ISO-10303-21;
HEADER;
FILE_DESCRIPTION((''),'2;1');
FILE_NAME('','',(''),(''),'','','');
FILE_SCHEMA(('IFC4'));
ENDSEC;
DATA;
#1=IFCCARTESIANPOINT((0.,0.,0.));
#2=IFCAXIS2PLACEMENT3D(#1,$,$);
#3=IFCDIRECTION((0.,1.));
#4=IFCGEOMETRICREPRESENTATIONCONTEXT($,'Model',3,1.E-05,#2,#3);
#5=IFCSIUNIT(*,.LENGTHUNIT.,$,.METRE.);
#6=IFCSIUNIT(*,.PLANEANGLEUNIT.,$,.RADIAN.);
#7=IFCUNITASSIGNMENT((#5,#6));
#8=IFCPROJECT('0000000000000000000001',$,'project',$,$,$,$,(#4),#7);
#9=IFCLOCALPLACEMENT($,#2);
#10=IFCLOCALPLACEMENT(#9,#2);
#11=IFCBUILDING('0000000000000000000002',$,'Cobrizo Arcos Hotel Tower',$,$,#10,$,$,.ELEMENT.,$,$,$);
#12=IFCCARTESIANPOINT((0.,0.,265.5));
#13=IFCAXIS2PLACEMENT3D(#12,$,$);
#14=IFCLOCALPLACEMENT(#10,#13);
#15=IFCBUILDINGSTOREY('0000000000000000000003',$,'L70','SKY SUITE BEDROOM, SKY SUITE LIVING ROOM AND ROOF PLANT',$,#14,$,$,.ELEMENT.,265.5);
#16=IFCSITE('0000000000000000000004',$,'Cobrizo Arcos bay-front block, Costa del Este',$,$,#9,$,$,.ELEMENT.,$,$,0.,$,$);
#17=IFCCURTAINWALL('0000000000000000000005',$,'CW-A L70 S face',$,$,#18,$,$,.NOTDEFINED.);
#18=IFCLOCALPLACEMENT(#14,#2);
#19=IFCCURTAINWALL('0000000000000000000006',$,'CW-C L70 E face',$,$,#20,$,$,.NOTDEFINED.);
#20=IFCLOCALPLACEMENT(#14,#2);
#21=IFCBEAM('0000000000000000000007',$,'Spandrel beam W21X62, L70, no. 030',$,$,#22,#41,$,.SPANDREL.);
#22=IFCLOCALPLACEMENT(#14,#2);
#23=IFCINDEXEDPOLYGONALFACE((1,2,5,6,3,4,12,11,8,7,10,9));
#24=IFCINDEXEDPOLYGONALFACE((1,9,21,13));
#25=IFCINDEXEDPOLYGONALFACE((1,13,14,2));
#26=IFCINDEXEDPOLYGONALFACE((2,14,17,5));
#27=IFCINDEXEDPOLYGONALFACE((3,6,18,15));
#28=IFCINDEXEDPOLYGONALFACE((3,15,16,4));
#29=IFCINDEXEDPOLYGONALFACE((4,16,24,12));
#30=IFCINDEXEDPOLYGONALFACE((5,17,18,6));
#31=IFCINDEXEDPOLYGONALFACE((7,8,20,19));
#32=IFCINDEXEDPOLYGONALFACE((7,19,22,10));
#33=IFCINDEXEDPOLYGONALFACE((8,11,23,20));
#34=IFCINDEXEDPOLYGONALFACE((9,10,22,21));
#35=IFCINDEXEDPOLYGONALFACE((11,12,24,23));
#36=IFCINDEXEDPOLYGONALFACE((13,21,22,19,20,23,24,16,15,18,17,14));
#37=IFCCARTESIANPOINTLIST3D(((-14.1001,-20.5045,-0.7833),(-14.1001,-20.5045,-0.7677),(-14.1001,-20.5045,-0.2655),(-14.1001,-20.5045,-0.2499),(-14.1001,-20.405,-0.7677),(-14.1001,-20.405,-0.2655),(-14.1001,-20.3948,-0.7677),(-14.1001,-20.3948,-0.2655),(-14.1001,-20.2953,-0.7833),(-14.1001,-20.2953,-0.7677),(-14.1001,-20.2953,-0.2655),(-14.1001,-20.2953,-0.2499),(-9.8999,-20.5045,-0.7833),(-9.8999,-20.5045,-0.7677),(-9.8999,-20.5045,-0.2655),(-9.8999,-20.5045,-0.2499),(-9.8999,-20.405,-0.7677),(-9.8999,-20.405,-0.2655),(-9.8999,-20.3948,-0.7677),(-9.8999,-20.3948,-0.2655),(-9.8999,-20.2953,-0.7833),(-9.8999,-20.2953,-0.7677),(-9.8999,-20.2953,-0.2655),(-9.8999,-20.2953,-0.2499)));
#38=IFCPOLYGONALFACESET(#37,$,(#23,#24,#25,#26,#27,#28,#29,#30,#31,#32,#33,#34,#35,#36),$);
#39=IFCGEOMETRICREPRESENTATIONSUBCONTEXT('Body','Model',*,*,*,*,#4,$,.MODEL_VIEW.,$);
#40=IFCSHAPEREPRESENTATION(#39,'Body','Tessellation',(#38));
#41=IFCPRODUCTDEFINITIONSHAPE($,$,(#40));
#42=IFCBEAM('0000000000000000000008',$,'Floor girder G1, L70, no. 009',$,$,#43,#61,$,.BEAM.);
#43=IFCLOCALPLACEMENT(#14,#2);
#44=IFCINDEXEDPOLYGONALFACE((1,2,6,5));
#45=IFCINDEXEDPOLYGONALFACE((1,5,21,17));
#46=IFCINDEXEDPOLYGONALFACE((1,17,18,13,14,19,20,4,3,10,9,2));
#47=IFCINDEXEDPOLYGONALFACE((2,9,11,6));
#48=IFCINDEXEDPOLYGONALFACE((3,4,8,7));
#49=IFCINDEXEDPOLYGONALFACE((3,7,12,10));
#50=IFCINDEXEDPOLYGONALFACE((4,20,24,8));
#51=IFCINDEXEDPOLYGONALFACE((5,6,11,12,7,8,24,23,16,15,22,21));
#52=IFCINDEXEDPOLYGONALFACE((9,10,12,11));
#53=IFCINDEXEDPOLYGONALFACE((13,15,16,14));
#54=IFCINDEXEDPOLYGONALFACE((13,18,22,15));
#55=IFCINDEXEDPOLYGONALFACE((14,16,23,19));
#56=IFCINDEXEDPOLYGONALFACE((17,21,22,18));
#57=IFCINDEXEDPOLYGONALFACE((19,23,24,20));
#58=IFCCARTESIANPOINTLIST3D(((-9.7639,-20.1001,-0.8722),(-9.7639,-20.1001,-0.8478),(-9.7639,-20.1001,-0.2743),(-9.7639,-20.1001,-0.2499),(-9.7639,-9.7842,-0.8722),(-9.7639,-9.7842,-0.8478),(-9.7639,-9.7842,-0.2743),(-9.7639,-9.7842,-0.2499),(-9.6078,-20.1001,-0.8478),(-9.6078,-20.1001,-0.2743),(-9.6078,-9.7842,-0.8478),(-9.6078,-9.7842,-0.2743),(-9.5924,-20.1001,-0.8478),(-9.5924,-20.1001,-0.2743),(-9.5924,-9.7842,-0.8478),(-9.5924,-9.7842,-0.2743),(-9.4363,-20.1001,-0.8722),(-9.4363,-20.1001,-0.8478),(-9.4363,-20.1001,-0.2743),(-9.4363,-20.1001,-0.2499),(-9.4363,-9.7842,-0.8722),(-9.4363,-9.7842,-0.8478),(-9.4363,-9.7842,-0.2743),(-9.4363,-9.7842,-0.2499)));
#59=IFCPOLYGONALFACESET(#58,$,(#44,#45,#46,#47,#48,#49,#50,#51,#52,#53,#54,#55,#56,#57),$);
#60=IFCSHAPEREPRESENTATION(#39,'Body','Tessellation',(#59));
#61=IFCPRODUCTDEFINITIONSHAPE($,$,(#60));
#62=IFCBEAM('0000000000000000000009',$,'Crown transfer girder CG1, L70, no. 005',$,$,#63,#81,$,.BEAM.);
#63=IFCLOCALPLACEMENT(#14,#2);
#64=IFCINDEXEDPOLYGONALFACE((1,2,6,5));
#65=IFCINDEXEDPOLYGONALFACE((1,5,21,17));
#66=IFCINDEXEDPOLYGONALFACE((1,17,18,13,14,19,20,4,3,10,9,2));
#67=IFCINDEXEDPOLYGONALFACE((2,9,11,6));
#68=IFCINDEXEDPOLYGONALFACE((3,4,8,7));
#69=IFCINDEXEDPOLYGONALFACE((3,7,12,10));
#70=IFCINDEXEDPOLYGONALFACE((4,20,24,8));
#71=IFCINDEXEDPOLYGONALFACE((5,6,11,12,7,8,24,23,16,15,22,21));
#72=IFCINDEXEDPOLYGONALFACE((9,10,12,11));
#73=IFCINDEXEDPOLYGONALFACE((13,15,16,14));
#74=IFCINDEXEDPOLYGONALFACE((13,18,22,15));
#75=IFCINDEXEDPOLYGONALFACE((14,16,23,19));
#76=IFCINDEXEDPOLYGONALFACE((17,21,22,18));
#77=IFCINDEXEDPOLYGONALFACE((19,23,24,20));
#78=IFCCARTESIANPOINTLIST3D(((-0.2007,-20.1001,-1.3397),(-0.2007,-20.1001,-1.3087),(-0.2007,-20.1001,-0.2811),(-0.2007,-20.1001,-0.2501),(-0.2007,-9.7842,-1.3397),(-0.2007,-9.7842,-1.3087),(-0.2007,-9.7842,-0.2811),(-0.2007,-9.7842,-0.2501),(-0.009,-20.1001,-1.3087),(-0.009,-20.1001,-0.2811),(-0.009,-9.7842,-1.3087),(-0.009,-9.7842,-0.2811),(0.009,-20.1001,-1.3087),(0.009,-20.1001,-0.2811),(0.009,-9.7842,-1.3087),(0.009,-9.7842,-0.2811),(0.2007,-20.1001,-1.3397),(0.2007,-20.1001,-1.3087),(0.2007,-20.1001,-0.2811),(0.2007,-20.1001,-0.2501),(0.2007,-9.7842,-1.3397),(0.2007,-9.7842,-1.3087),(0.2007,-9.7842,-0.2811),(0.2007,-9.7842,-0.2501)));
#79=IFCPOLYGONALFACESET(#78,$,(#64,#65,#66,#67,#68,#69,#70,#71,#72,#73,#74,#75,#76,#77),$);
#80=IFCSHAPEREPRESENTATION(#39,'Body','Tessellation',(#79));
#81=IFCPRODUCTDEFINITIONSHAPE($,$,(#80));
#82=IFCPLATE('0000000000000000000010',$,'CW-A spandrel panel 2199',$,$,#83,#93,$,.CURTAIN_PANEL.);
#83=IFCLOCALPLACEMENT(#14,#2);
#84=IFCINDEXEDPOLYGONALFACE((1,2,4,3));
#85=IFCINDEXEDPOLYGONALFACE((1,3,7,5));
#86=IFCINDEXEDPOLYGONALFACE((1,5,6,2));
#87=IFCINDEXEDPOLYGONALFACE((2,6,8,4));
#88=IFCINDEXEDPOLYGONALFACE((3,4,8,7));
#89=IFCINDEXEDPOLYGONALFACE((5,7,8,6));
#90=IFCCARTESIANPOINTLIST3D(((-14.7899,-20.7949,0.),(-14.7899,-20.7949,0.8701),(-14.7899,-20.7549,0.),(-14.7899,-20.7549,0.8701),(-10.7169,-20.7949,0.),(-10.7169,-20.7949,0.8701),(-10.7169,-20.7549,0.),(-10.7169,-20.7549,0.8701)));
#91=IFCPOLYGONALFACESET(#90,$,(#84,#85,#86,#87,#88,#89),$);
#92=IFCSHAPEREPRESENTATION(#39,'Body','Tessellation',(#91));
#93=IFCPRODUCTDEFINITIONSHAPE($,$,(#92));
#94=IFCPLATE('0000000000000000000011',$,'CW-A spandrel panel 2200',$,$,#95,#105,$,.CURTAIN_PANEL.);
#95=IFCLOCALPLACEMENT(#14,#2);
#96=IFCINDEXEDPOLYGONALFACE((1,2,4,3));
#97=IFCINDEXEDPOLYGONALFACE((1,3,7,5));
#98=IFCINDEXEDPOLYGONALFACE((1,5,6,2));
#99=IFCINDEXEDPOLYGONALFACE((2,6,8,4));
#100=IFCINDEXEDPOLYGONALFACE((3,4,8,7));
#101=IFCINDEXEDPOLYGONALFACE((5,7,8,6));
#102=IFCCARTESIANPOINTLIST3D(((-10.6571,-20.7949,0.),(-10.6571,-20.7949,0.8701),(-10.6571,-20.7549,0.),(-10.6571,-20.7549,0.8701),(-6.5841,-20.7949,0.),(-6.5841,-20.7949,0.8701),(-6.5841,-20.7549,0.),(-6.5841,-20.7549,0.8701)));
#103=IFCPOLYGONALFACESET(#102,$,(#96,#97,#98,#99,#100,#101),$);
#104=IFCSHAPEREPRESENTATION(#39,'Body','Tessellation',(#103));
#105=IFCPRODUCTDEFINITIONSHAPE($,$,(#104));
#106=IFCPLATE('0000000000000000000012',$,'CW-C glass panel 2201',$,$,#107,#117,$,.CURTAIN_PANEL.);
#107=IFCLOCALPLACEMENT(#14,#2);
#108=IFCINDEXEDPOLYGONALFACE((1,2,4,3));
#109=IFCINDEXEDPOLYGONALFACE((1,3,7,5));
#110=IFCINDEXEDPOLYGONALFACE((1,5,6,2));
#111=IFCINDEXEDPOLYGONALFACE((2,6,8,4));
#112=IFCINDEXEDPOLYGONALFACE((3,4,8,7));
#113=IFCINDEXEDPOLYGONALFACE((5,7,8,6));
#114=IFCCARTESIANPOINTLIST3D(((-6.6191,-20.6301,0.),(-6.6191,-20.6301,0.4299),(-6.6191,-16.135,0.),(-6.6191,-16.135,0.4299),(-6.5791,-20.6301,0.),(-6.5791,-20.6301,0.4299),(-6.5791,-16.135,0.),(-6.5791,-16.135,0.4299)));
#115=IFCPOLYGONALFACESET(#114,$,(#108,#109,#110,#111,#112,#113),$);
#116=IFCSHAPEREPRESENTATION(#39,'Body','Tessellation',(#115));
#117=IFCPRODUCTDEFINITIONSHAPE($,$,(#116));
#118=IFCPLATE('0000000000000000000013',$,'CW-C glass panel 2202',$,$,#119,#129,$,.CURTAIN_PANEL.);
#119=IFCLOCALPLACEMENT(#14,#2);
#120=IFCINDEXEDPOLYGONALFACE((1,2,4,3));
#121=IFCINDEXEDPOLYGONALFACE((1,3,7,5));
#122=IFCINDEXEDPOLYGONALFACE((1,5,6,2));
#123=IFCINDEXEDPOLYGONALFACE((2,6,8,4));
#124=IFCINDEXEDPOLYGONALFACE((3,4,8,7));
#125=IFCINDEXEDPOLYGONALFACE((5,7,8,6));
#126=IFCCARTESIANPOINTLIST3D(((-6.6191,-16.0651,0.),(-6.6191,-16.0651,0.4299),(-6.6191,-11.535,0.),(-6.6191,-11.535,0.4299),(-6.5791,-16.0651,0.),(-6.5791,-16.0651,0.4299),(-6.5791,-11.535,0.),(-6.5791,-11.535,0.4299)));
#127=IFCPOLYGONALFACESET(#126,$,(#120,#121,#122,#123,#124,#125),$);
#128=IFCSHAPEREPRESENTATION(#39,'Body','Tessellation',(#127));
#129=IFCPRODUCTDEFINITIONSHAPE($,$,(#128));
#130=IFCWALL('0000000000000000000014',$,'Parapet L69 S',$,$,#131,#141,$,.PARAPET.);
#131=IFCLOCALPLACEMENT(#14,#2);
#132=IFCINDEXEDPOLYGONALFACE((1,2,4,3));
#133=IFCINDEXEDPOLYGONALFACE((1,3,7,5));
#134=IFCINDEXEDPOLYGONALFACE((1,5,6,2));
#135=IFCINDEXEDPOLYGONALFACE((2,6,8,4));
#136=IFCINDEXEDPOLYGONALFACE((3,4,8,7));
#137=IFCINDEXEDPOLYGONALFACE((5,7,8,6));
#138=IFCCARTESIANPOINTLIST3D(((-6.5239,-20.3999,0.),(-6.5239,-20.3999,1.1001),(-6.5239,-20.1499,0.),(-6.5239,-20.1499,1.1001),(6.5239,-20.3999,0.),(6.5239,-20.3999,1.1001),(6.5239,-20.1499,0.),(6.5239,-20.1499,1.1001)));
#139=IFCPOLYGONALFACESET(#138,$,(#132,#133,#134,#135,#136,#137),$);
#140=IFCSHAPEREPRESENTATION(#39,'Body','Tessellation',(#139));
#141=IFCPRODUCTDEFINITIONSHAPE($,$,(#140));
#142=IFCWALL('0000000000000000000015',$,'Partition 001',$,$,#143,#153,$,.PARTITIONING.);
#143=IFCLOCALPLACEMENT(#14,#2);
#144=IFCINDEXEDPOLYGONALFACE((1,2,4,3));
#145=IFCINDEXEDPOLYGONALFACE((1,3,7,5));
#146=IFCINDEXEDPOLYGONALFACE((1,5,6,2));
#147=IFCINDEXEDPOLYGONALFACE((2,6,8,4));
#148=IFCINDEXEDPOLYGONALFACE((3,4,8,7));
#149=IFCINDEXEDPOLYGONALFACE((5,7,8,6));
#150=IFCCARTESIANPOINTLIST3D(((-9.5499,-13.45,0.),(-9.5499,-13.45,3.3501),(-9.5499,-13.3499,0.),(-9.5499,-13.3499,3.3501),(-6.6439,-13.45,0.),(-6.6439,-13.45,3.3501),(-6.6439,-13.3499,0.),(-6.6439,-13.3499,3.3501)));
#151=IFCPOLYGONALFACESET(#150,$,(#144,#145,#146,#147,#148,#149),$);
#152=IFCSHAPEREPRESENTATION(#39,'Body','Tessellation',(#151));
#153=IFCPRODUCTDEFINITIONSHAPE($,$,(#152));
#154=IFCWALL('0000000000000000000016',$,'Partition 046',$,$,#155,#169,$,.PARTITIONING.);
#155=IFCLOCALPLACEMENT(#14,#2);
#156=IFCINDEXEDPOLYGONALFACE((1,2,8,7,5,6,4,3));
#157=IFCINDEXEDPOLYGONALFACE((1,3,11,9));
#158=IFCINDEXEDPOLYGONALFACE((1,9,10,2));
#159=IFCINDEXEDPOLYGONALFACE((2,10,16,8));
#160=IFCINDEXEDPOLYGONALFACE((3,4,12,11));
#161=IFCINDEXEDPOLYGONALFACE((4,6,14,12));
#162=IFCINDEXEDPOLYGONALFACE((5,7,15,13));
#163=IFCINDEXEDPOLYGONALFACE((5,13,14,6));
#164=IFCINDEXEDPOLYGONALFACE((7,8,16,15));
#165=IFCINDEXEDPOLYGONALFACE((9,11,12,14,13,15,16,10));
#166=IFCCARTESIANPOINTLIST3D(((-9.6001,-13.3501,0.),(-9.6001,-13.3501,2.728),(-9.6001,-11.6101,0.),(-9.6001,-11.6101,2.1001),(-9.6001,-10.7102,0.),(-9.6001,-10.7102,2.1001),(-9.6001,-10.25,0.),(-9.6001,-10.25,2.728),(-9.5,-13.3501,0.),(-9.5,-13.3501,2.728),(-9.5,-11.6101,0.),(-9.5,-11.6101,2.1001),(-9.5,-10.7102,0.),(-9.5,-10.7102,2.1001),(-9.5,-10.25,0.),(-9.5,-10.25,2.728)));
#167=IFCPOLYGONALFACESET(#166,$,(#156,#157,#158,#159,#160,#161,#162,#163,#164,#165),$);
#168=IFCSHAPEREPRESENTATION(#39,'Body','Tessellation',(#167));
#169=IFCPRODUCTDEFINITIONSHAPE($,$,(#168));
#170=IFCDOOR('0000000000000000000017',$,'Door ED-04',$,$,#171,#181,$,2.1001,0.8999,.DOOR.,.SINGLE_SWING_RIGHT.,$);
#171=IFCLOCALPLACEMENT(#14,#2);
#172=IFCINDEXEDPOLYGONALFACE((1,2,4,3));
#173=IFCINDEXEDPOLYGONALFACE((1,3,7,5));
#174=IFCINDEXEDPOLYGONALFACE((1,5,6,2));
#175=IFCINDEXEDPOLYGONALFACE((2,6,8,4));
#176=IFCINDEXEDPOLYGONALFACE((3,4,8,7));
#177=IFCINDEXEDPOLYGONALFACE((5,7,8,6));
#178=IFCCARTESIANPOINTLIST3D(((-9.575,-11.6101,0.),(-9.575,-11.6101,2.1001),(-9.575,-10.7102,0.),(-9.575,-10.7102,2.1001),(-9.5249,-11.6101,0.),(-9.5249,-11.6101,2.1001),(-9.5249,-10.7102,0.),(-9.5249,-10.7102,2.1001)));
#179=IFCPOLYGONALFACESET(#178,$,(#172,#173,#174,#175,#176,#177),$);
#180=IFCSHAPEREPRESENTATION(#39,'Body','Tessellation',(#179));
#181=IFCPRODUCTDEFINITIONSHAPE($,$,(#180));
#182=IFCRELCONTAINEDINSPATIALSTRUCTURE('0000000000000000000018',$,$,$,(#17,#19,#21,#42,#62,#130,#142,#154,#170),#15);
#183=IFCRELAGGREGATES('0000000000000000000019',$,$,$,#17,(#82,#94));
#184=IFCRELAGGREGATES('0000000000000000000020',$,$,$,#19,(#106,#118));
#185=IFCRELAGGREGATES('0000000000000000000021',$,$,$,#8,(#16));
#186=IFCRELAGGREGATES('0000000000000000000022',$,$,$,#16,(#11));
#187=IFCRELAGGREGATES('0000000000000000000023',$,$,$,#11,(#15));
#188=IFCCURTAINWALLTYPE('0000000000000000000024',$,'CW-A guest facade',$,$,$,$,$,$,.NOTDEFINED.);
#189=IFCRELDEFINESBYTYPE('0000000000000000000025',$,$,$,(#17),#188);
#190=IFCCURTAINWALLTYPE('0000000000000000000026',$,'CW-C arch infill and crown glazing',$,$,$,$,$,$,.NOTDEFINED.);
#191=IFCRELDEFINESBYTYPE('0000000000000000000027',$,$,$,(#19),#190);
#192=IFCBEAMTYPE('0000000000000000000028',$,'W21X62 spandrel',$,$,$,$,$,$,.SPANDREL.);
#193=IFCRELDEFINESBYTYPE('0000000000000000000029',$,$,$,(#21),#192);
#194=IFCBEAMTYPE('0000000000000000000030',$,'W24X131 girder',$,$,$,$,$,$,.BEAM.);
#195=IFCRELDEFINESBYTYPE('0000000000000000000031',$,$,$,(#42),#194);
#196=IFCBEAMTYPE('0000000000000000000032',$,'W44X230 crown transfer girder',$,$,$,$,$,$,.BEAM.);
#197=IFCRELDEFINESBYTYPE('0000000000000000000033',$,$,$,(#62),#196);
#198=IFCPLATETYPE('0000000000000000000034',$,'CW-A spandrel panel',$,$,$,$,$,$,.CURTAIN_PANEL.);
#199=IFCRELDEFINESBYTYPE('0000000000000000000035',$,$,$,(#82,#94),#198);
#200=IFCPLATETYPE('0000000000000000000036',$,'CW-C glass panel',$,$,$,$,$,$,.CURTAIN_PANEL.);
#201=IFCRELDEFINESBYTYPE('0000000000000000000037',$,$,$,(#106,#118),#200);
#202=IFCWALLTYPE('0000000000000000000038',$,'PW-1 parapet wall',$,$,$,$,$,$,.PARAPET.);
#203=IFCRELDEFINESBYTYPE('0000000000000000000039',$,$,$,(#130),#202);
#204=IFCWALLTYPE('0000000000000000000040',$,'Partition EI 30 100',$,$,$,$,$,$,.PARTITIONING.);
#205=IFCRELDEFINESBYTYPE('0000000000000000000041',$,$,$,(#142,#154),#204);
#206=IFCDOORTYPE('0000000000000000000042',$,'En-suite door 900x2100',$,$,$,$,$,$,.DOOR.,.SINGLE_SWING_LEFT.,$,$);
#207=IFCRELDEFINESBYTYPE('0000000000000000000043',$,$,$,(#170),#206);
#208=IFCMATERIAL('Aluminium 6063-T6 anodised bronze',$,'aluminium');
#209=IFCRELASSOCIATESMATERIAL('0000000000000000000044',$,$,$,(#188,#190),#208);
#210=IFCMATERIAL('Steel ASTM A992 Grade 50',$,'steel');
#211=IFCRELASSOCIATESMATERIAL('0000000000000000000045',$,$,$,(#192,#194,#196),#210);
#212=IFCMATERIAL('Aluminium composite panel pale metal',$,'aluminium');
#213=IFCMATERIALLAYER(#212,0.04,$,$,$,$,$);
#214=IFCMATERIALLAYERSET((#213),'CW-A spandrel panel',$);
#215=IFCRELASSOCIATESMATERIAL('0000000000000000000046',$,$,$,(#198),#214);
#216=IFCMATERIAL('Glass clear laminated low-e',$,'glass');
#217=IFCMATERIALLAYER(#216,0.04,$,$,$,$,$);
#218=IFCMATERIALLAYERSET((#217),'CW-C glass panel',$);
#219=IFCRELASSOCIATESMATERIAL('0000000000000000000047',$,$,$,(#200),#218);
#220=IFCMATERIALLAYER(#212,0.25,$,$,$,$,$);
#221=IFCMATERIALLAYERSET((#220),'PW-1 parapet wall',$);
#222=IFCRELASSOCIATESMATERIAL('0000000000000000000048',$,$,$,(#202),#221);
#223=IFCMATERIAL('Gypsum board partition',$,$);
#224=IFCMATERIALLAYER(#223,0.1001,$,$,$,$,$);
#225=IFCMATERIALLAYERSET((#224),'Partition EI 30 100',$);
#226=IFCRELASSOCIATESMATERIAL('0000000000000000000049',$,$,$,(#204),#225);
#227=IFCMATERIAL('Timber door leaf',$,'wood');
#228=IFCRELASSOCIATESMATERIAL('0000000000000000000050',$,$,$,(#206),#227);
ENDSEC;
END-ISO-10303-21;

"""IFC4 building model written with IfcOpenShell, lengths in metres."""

from ifc_helpers import new_model, si_unit, direction, frame, frame_2d, origin, origin_2d, place, context, subcontext, project, spatial, rectangle, i_section, extrude, material, layer, layer_set, material_profile, profile_set, type_object, element, fill, aggregate, save


model = new_model("IFC4")

# Units and contexts
model_context = context("Model", 3, precision=1e-05, world=origin(), true_north=direction((0.0, 1.0)))
body_context = subcontext(model_context, "Body", "Model", "MODEL_VIEW")
ifc_project = project(units=[si_unit("LENGTHUNIT", "METRE"), si_unit("PLANEANGLEUNIT", "RADIAN")], contexts=[model_context])

# Site, building, storey
site_placement = place(None, origin())
site = spatial("IfcSite", under=ifc_project, at=site_placement, Name="Cobrizo Arcos bay-front block, Costa del Este", CompositionType="ELEMENT", RefElevation=0.0)
building_placement = place(site_placement, origin())
building = spatial("IfcBuilding", under=site, at=building_placement, Name="Cobrizo Arcos Hotel Tower", CompositionType="ELEMENT")
storey_placement = place(building_placement, frame((0.0, 0.0, 265.5)))
storey = spatial("IfcBuildingStorey", under=building, at=storey_placement, Name="L70", Description="SKY SUITE BEDROOM, SKY SUITE LIVING ROOM AND ROOF PLANT", CompositionType="ELEMENT", Elevation=265.5)

# Shared definitions
ifc_material_1 = material(Name="Steel ASTM A992 Grade 50", Category="steel")

# Curtain walls
ifc_material_2 = material(Name="Aluminium 6063-T6 anodised bronze", Category="aluminium")
curtain_wall_type_1 = type_object("IfcCurtainWallType", Name="CW-A guest facade", PredefinedType="NOTDEFINED", material=ifc_material_2)
curtain_wall_1_placement = place(storey_placement, origin())
curtain_wall_1 = element("IfcCurtainWall", 1, at=curtain_wall_1_placement, inside=storey, type_object=curtain_wall_type_1, Name="CW-A L70 S face", PredefinedType="NOTDEFINED")
curtain_wall_type_2 = type_object("IfcCurtainWallType", Name="CW-C arch infill and crown glazing", PredefinedType="NOTDEFINED", material=ifc_material_2)
curtain_wall_2_placement = place(storey_placement, origin())
curtain_wall_2 = element("IfcCurtainWall", 2, at=curtain_wall_2_placement, inside=storey, type_object=curtain_wall_type_2, Name="CW-C L70 E face", PredefinedType="NOTDEFINED")

# Beams
ifc_material_profile_1 = material_profile(ifc_material_1, i_section(OverallWidth=0.2092, OverallDepth=0.5334, WebThickness=0.0103, FlangeThickness=0.0156, at=origin_2d()), Name="W21X62")
ifc_profile_set_1 = profile_set([ifc_material_profile_1], Name="Steel ASTM A992 Grade 50")
beam_type_1 = type_object("IfcBeamType", Name="W21X62 spandrel", PredefinedType="SPANDREL", material=ifc_profile_set_1)
beam_1_placement = place(storey_placement, frame((-9.8999, -20.3999, -0.5166), z_axis=(-1.0, 0.0, 0.0), x_axis=(0.0, -1.0, 0.0)))
element("IfcBeam", 3, at=beam_1_placement, inside=storey, type_object=beam_type_1, Name="Spandrel beam W21X62, L70, no. 030", PredefinedType="SPANDREL", context=body_context, shape_type="SweptSolid", body=[
    extrude(i_section(OverallWidth=0.2092, OverallDepth=0.5334, WebThickness=0.0103, FlangeThickness=0.0156, at=origin_2d()), origin(), (0.0, 0.0, 1.0), 4.2002),
])
ifc_material_profile_2 = material_profile(ifc_material_1, i_section(OverallWidth=0.3276, OverallDepth=0.6223, WebThickness=0.0154, FlangeThickness=0.0244, at=origin_2d()), Name="W24X131")
ifc_profile_set_2 = profile_set([ifc_material_profile_2], Name="Steel ASTM A992 Grade 50")
beam_type_2 = type_object("IfcBeamType", Name="W24X131 girder", PredefinedType="BEAM", material=ifc_profile_set_2)
beam_2_placement = place(storey_placement, frame((-9.6001, -20.1001, -0.561), z_axis=(0.0, 1.0, 0.0), x_axis=(-1.0, 0.0, 0.0)))
element("IfcBeam", 4, at=beam_2_placement, inside=storey, type_object=beam_type_2, Name="Floor girder G1, L70, no. 009", PredefinedType="BEAM", context=body_context, shape_type="SweptSolid", body=[
    extrude(i_section(OverallWidth=0.3276, OverallDepth=0.6223, WebThickness=0.0154, FlangeThickness=0.0244, at=origin_2d()), origin(), (0.0, 0.0, 1.0), 10.3159),
])
ifc_material_profile_3 = material_profile(ifc_material_1, i_section(OverallWidth=0.4014, OverallDepth=1.0896, WebThickness=0.0181, FlangeThickness=0.031, at=origin_2d()), Name="W44X230")
ifc_profile_set_3 = profile_set([ifc_material_profile_3], Name="Steel ASTM A992 Grade 50")
beam_type_3 = type_object("IfcBeamType", Name="W44X230 crown transfer girder", PredefinedType="BEAM", material=ifc_profile_set_3)
beam_3_placement = place(storey_placement, frame((0.0, -20.1001, -0.7949), z_axis=(0.0, 1.0, 0.0), x_axis=(-1.0, 0.0, 0.0)))
element("IfcBeam", 5, at=beam_3_placement, inside=storey, type_object=beam_type_3, Name="Crown transfer girder CG1, L70, no. 005", PredefinedType="BEAM", context=body_context, shape_type="SweptSolid", body=[
    extrude(i_section(OverallWidth=0.4014, OverallDepth=1.0896, WebThickness=0.0181, FlangeThickness=0.031, at=origin_2d()), origin(), (0.0, 0.0, 1.0), 10.3159),
])

# Plates
ifc_material_3 = material(Name="Aluminium composite panel pale metal", Category="aluminium")
ifc_layer_1 = layer(ifc_material_3, 0.04)
ifc_layer_set_1 = layer_set([ifc_layer_1], Name="CW-A spandrel panel")
plate_type_1 = type_object("IfcPlateType", Name="CW-A spandrel panel", PredefinedType="CURTAIN_PANEL", material=ifc_layer_set_1)
plate_1_placement = place(storey_placement, frame((-12.7534, -20.7749, 0.0), z_axis=(0.0, 0.0, 1.0), x_axis=(1.0, 0.0, 0.0)))
plate_1 = element("IfcPlate", 6, at=plate_1_placement, type_object=plate_type_1, Name="CW-A spandrel panel 2199", PredefinedType="CURTAIN_PANEL", context=body_context, shape_type="SweptSolid", body=[
    extrude(rectangle(XDim=4.073, YDim=0.04, at=origin_2d()), origin(), (0.0, 0.0, 1.0), 0.8701),
])
plate_2_placement = place(storey_placement, frame((-8.6206, -20.7749, 0.0), z_axis=(0.0, 0.0, 1.0), x_axis=(1.0, 0.0, 0.0)))
plate_2 = element("IfcPlate", 7, at=plate_2_placement, type_object=plate_type_1, Name="CW-A spandrel panel 2200", PredefinedType="CURTAIN_PANEL", context=body_context, shape_type="SweptSolid", body=[
    extrude(rectangle(XDim=4.073, YDim=0.04, at=origin_2d()), origin(), (0.0, 0.0, 1.0), 0.8701),
])
aggregate(curtain_wall_1, [plate_1, plate_2])
ifc_material_4 = material(Name="Glass clear laminated low-e", Category="glass")
ifc_layer_2 = layer(ifc_material_4, 0.04)
ifc_layer_set_2 = layer_set([ifc_layer_2], Name="CW-C glass panel")
plate_type_2 = type_object("IfcPlateType", Name="CW-C glass panel", PredefinedType="CURTAIN_PANEL", material=ifc_layer_set_2)
plate_3_placement = place(storey_placement, frame((-6.5991, -18.3826, 0.0), z_axis=(0.0, 0.0, 1.0), x_axis=(0.0, 1.0, 0.0)))
plate_3 = element("IfcPlate", 8, at=plate_3_placement, type_object=plate_type_2, Name="CW-C glass panel 2201", PredefinedType="CURTAIN_PANEL", context=body_context, shape_type="SweptSolid", body=[
    extrude(rectangle(XDim=4.4951, YDim=0.04, at=origin_2d()), origin(), (0.0, 0.0, 1.0), 0.4299),
])
plate_4_placement = place(storey_placement, frame((-6.5991, -13.8, 0.0), z_axis=(0.0, 0.0, 1.0), x_axis=(0.0, 1.0, 0.0)))
plate_4 = element("IfcPlate", 9, at=plate_4_placement, type_object=plate_type_2, Name="CW-C glass panel 2202", PredefinedType="CURTAIN_PANEL", context=body_context, shape_type="SweptSolid", body=[
    extrude(rectangle(XDim=4.53, YDim=0.04, at=origin_2d()), origin(), (0.0, 0.0, 1.0), 0.4299),
])
aggregate(curtain_wall_2, [plate_3, plate_4])

# Walls
ifc_layer_3 = layer(ifc_material_3, 0.25)
ifc_layer_set_3 = layer_set([ifc_layer_3], Name="PW-1 parapet wall")
wall_type_1 = type_object("IfcWallType", Name="PW-1 parapet wall", PredefinedType="PARAPET", material=ifc_layer_set_3)
wall_1_placement = place(storey_placement, frame((-6.5239, -20.2749, 0.0), z_axis=(0.0, 0.0, 1.0), x_axis=(1.0, 0.0, 0.0)))
element("IfcWall", 10, at=wall_1_placement, inside=storey, type_object=wall_type_1, Name="Parapet L69 S", PredefinedType="PARAPET", context=body_context, shape_type="SweptSolid", body=[
    extrude(rectangle(XDim=13.0479, YDim=0.25, at=frame_2d((6.5239, 0.0))), origin(), (0.0, 0.0, 1.0), 1.1001),
])
ifc_material_5 = material(Name="Gypsum board partition")
ifc_layer_4 = layer(ifc_material_5, 0.1001)
ifc_layer_set_4 = layer_set([ifc_layer_4], Name="Partition EI 30 100")
wall_type_2 = type_object("IfcWallType", Name="Partition EI 30 100", PredefinedType="PARTITIONING", material=ifc_layer_set_4)
wall_2_placement = place(storey_placement, frame((-9.55, -13.3999, 0.0), z_axis=(0.0, 0.0, 1.0), x_axis=(1.0, 0.0, 0.0)))
element("IfcWall", 11, at=wall_2_placement, inside=storey, type_object=wall_type_2, Name="Partition 001", PredefinedType="PARTITIONING", context=body_context, shape_type="SweptSolid", body=[
    extrude(rectangle(XDim=2.906, YDim=0.1001, at=frame_2d((1.4531, 0.0))), origin(), (0.0, 0.0, 1.0), 3.3501),
])

# Wall, opening, door
wall_3_placement = place(storey_placement, frame((-9.55, -13.3501, 0.0), z_axis=(0.0, 0.0, 1.0), x_axis=(0.0, 1.0, 0.0)))
wall_3 = element("IfcWall", 12, at=wall_3_placement, inside=storey, type_object=wall_type_2, Name="Partition 046", PredefinedType="PARTITIONING", context=body_context, shape_type="SweptSolid", body=[
    extrude(rectangle(XDim=3.1001, YDim=0.1001, at=frame_2d((1.55, 0.0))), origin(), (0.0, 0.0, 1.0), 2.728),
])
opening_placement = place(wall_3_placement, frame((1.74, 0.0, 0.0)))
opening = element("IfcOpeningElement", 13, at=opening_placement, cuts=wall_3, PredefinedType="OPENING", context=body_context, shape_type="SweptSolid", body=[
    extrude(rectangle(XDim=0.8999, YDim=2.1001, at=frame_2d((0.45, 1.05))), frame((0.0, 0.062, 0.0), z_axis=(0.0, -1.0, 0.0), x_axis=(1.0, 0.0, 0.0)), (0.0, 0.0, 1.0), 0.124),
])
ifc_material_6 = material(Name="Timber door leaf", Category="wood")
door_type = type_object("IfcDoorType", Name="En-suite door 900x2100", OperationType="SINGLE_SWING_LEFT", PredefinedType="DOOR", material=ifc_material_6)
door_placement = place(opening_placement, origin())
door = element("IfcDoor", 14, at=door_placement, inside=storey, type_object=door_type, Name="Door ED-04", OperationType="SINGLE_SWING_RIGHT", OverallHeight=2.1001, OverallWidth=0.8999, PredefinedType="DOOR", context=body_context, shape_type="SweptSolid", body=[
    extrude(rectangle(XDim=0.8999, YDim=2.1001, at=frame_2d((0.45, 1.05))), frame((0.0, 0.0249, 0.0), z_axis=(0.0, -1.0, 0.0), x_axis=(1.0, 0.0, 0.0)), (0.0, 0.0, 1.0), 0.05),
])
fill(opening, door)

save(model, "model.ifc")
